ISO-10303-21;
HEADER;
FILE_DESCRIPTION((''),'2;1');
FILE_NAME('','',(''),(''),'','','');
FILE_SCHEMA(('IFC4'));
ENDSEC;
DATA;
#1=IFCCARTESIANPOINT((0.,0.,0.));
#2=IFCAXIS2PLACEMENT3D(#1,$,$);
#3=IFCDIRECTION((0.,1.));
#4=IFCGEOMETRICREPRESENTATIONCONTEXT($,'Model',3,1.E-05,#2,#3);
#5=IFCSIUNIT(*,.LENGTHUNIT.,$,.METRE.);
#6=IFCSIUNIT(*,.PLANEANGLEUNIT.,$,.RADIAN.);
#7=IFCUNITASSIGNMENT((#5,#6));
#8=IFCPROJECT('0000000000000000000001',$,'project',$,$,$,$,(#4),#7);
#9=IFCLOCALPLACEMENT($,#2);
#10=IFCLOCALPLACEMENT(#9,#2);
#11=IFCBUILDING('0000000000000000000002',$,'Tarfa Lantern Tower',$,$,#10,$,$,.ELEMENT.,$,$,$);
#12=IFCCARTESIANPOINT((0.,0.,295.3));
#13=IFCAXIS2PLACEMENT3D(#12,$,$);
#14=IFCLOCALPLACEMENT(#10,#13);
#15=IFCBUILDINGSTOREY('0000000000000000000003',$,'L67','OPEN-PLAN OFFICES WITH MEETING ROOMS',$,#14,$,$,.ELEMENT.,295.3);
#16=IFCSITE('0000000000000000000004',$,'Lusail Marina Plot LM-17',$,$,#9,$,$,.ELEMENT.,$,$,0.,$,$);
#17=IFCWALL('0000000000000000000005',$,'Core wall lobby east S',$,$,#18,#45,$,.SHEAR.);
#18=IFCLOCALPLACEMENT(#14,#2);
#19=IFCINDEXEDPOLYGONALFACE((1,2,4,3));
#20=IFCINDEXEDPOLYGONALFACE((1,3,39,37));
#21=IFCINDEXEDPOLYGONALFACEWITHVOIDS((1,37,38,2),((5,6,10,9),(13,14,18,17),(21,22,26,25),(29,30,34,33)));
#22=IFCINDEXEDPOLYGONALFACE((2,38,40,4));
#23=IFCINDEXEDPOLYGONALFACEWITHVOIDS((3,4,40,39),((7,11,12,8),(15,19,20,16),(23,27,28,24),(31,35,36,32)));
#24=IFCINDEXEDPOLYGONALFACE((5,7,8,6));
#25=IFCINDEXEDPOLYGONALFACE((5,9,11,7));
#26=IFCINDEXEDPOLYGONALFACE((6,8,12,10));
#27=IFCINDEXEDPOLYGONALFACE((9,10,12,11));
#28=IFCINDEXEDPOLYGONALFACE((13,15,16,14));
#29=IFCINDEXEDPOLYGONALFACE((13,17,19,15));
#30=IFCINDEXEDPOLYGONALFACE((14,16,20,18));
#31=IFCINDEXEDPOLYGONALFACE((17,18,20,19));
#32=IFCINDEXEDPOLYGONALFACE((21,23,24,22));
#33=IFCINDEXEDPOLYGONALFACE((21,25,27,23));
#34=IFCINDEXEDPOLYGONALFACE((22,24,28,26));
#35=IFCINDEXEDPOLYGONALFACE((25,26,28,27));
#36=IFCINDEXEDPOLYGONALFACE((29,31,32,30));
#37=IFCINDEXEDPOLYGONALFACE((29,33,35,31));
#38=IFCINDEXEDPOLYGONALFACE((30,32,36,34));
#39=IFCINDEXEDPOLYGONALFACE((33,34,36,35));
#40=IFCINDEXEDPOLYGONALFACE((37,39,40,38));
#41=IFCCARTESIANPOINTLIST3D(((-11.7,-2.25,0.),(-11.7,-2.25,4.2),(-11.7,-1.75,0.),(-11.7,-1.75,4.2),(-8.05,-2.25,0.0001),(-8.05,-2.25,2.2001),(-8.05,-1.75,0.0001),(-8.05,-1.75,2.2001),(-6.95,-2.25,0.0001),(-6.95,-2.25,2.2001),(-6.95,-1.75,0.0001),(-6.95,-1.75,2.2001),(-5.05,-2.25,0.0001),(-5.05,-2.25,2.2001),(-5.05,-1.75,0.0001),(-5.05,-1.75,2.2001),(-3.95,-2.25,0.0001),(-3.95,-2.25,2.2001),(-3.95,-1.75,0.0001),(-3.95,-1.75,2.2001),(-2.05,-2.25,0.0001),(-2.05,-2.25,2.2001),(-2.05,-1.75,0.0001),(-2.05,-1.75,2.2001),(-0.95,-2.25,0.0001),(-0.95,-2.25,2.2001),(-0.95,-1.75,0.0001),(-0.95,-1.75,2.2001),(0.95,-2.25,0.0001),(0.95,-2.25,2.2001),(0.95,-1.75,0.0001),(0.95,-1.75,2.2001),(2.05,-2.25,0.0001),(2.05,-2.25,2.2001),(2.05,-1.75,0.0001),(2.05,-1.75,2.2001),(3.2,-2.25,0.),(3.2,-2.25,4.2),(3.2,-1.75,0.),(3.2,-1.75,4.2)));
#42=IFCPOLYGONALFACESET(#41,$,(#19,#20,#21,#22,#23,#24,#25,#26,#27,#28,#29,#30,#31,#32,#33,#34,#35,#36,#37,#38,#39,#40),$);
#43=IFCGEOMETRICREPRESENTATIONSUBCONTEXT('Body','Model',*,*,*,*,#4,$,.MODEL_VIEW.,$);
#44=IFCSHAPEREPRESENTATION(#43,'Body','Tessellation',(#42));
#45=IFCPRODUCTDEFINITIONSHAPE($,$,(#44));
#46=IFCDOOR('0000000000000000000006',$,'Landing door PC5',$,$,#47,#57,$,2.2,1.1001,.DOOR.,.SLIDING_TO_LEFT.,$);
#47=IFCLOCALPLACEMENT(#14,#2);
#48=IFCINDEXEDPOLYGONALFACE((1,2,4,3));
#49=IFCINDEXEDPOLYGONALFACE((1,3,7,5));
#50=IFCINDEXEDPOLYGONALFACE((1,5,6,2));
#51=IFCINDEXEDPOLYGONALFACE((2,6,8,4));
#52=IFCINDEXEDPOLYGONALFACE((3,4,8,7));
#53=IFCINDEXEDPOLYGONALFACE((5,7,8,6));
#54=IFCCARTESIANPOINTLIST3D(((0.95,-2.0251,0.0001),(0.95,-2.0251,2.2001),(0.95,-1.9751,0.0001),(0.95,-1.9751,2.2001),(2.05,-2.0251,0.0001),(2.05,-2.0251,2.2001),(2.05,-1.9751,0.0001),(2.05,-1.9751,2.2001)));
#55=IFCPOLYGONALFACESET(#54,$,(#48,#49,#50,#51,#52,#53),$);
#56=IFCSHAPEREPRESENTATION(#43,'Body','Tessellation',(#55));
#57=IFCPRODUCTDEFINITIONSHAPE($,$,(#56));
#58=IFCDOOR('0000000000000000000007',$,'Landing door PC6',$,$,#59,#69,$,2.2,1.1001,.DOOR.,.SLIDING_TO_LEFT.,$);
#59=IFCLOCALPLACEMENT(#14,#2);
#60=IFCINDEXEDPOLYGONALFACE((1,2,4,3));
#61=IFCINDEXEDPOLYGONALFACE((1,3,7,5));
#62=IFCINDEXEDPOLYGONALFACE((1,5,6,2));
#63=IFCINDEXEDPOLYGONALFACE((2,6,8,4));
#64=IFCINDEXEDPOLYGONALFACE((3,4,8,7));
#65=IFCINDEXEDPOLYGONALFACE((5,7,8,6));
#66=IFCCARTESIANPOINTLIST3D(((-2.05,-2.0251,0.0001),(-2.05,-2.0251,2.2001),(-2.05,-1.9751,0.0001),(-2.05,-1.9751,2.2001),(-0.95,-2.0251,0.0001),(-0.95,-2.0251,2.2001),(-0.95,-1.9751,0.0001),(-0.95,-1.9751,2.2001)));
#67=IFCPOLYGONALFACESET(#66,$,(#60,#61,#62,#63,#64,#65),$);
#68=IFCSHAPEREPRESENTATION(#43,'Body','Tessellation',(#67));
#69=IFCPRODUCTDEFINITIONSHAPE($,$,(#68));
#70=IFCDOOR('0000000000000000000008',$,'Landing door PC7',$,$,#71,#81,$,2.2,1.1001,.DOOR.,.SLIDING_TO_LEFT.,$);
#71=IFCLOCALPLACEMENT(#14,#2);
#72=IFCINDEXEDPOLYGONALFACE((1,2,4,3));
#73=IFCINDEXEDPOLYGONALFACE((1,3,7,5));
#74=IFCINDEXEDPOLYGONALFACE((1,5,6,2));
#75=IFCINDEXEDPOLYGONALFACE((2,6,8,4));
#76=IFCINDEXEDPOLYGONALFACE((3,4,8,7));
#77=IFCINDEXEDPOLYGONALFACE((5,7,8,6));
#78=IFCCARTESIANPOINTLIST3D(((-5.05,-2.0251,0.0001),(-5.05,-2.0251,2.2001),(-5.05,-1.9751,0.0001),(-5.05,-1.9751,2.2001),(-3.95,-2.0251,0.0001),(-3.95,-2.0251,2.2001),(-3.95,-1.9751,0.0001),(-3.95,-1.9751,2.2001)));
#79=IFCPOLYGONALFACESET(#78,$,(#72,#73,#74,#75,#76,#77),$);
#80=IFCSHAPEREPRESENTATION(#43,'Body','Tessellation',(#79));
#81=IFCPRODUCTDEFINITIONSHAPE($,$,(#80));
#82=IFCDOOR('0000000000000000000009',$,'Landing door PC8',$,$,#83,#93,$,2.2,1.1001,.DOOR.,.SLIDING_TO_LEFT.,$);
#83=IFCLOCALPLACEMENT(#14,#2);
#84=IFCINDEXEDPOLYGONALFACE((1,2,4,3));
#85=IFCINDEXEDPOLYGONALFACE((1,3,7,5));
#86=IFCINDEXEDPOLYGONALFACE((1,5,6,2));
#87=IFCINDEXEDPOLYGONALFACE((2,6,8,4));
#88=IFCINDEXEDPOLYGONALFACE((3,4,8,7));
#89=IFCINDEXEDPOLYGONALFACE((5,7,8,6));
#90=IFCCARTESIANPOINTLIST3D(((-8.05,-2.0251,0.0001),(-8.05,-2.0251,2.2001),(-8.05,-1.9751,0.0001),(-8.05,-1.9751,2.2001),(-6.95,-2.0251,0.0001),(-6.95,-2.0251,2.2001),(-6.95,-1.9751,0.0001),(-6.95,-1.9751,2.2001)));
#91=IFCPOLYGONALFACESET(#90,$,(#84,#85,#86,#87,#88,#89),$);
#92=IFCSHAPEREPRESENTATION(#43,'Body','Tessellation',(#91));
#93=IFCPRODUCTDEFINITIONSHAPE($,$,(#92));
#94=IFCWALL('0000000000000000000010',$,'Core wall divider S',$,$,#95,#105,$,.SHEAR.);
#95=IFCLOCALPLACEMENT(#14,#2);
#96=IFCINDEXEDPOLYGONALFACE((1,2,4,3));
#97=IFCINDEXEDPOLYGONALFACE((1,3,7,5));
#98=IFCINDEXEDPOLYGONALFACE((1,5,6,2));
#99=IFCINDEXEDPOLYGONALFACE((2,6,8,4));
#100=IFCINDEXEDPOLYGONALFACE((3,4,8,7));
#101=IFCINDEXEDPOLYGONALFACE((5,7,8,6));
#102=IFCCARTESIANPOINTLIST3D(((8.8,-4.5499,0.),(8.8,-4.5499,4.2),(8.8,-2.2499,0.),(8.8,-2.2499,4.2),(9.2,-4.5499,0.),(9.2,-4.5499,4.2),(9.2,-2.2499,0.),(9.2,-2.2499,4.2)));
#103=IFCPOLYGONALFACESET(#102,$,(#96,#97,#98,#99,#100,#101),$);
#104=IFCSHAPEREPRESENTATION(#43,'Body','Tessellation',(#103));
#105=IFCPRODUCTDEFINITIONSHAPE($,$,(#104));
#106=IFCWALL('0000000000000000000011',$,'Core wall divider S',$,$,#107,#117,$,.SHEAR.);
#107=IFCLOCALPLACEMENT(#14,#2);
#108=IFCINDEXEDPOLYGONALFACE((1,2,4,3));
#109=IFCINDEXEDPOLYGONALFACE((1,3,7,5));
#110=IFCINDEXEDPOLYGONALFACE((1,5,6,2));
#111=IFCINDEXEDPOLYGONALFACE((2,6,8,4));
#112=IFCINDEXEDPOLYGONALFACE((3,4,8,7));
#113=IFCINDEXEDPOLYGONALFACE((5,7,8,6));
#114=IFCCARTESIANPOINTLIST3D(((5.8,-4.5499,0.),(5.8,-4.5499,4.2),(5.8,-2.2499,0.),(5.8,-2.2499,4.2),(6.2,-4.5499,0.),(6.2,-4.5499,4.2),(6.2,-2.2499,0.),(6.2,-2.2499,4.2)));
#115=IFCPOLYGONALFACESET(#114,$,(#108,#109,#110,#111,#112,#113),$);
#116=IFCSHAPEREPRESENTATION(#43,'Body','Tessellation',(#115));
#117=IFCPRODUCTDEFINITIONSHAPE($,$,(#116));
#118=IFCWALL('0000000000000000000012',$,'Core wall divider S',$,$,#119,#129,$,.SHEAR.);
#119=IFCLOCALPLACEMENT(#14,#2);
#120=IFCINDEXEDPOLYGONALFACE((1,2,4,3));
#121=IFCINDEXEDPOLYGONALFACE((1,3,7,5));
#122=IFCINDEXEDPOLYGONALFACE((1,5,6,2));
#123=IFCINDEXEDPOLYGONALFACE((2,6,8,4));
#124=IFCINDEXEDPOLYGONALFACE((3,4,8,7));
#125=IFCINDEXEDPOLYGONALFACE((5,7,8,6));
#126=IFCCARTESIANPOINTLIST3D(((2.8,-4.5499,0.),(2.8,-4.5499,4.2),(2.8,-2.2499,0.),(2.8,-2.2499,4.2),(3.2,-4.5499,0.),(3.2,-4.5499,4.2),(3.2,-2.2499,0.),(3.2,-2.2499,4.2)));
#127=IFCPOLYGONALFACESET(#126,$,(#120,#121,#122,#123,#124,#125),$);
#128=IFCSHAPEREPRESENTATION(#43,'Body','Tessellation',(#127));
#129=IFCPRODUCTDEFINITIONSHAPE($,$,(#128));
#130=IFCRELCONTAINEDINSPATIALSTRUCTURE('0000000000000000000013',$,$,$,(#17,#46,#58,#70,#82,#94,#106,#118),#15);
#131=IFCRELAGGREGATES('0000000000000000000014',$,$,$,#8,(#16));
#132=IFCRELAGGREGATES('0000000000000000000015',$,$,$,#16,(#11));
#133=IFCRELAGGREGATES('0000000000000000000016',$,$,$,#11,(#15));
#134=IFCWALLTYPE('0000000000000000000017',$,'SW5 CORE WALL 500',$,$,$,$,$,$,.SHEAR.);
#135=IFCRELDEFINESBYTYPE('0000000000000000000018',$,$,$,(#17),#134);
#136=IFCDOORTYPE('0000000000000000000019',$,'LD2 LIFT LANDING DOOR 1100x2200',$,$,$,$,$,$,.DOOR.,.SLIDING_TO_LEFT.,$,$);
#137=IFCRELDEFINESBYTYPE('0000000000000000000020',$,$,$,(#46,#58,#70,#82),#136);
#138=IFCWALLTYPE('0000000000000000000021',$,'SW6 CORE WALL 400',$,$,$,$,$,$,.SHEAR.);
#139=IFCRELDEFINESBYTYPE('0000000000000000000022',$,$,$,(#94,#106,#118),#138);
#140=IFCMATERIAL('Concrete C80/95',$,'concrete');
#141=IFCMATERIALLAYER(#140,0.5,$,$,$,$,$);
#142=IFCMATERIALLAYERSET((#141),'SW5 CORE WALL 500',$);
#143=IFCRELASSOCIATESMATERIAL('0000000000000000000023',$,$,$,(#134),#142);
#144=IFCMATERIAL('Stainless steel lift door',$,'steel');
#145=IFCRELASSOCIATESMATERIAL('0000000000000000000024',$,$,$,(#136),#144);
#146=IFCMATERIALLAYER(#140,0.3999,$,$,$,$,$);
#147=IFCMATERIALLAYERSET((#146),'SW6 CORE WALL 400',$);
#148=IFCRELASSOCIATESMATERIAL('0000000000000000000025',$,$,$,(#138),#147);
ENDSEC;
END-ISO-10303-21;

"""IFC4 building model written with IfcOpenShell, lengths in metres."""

from ifc_helpers import new_model, si_unit, direction, frame, frame_2d, origin, place, context, subcontext, project, spatial, rectangle, extrude, material, layer, layer_set, type_object, element, fill, save


model = new_model("IFC4")

# Units and contexts
model_context = context("Model", 3, precision=1e-05, world=origin(), true_north=direction((0.0, 1.0)))
body_context = subcontext(model_context, "Body", "Model", "MODEL_VIEW")
ifc_project = project(units=[si_unit("LENGTHUNIT", "METRE"), si_unit("PLANEANGLEUNIT", "RADIAN")], contexts=[model_context])

# Site, building, storey
site_placement = place(None, origin())
site = spatial("IfcSite", under=ifc_project, at=site_placement, Name="Lusail Marina Plot LM-17", CompositionType="ELEMENT", RefElevation=0.0)
building_placement = place(site_placement, origin())
building = spatial("IfcBuilding", under=site, at=building_placement, Name="Tarfa Lantern Tower", CompositionType="ELEMENT")
storey_placement = place(building_placement, frame((0.0, 0.0, 295.3)))
storey = spatial("IfcBuildingStorey", under=building, at=storey_placement, Name="L67", Description="OPEN-PLAN OFFICES WITH MEETING ROOMS", CompositionType="ELEMENT", Elevation=295.3)

# Shared definitions
ifc_material_1 = material(Name="Concrete C80/95", Category="concrete")

# Wall, openings, doors
ifc_layer_1 = layer(ifc_material_1, 0.5)
ifc_layer_set_1 = layer_set([ifc_layer_1], Name="SW5 CORE WALL 500")
wall_type_1 = type_object("IfcWallType", Name="SW5 CORE WALL 500", PredefinedType="SHEAR", material=ifc_layer_set_1)
wall_1_placement = place(storey_placement, frame((3.2, -2.0, 0.0), z_axis=(0.0, 0.0, 1.0), x_axis=(-1.0, 0.0, 0.0)))
wall_1 = element("IfcWall", 1, at=wall_1_placement, inside=storey, type_object=wall_type_1, Name="Core wall lobby east S", PredefinedType="SHEAR", context=body_context, shape_type="SweptSolid", body=[
    extrude(rectangle(XDim=14.8999, YDim=0.5, at=frame_2d((7.45, 0.0))), origin(), (0.0, 0.0, 1.0), 4.2),
])
opening_1_placement = place(wall_1_placement, frame((1.1499, 0.0, 0.0)))
opening_1 = element("IfcOpeningElement", 2, at=opening_1_placement, cuts=wall_1, PredefinedType="OPENING", context=body_context, shape_type="SweptSolid", body=[
    extrude(rectangle(XDim=1.1001, YDim=2.2, at=frame_2d((0.55, 1.1001))), frame((0.0, 0.26, 0.0), z_axis=(0.0, -1.0, 0.0), x_axis=(1.0, 0.0, 0.0)), (0.0, 0.0, 1.0), 0.52),
])
opening_2_placement = place(wall_1_placement, frame((4.1499, 0.0, 0.0)))
opening_2 = element("IfcOpeningElement", 3, at=opening_2_placement, cuts=wall_1, PredefinedType="OPENING", context=body_context, shape_type="SweptSolid", body=[
    extrude(rectangle(XDim=1.1001, YDim=2.2, at=frame_2d((0.55, 1.1001))), frame((0.0, 0.26, 0.0), z_axis=(0.0, -1.0, 0.0), x_axis=(1.0, 0.0, 0.0)), (0.0, 0.0, 1.0), 0.52),
])
opening_3_placement = place(wall_1_placement, frame((7.1499, 0.0, 0.0)))
opening_3 = element("IfcOpeningElement", 4, at=opening_3_placement, cuts=wall_1, PredefinedType="OPENING", context=body_context, shape_type="SweptSolid", body=[
    extrude(rectangle(XDim=1.1001, YDim=2.2, at=frame_2d((0.55, 1.1001))), frame((0.0, 0.26, 0.0), z_axis=(0.0, -1.0, 0.0), x_axis=(1.0, 0.0, 0.0)), (0.0, 0.0, 1.0), 0.52),
])
opening_4_placement = place(wall_1_placement, frame((10.1499, 0.0, 0.0)))
opening_4 = element("IfcOpeningElement", 5, at=opening_4_placement, cuts=wall_1, PredefinedType="OPENING", context=body_context, shape_type="SweptSolid", body=[
    extrude(rectangle(XDim=1.1001, YDim=2.2, at=frame_2d((0.55, 1.1001))), frame((0.0, 0.26, 0.0), z_axis=(0.0, -1.0, 0.0), x_axis=(1.0, 0.0, 0.0)), (0.0, 0.0, 1.0), 0.52),
])
ifc_material_2 = material(Name="Stainless steel lift door", Category="steel")
door_type_1 = type_object("IfcDoorType", Name="LD2 LIFT LANDING DOOR 1100x2200", OperationType="SLIDING_TO_LEFT", PredefinedType="DOOR", material=ifc_material_2)
door_1_placement = place(opening_1_placement, frame((1.1001, 0.0, 0.0), z_axis=(0.0, 0.0, 1.0), x_axis=(-1.0, 0.0, 0.0)))
door_1 = element("IfcDoor", 6, at=door_1_placement, inside=storey, type_object=door_type_1, Name="Landing door PC5", OperationType="SLIDING_TO_LEFT", OverallHeight=2.2, OverallWidth=1.1001, PredefinedType="DOOR", context=body_context, shape_type="SweptSolid", body=[
    extrude(rectangle(XDim=1.1001, YDim=2.2, at=frame_2d((0.55, 1.1001))), frame((0.0, 0.0249, 0.0), z_axis=(0.0, -1.0, 0.0), x_axis=(1.0, 0.0, 0.0)), (0.0, 0.0, 1.0), 0.05),
])
fill(opening_1, door_1)
door_2_placement = place(opening_2_placement, frame((1.1001, 0.0, 0.0), z_axis=(0.0, 0.0, 1.0), x_axis=(-1.0, 0.0, 0.0)))
door_2 = element("IfcDoor", 7, at=door_2_placement, inside=storey, type_object=door_type_1, Name="Landing door PC6", OperationType="SLIDING_TO_LEFT", OverallHeight=2.2, OverallWidth=1.1001, PredefinedType="DOOR", context=body_context, shape_type="SweptSolid", body=[
    extrude(rectangle(XDim=1.1001, YDim=2.2, at=frame_2d((0.55, 1.1001))), frame((0.0, 0.0249, 0.0), z_axis=(0.0, -1.0, 0.0), x_axis=(1.0, 0.0, 0.0)), (0.0, 0.0, 1.0), 0.05),
])
fill(opening_2, door_2)
door_3_placement = place(opening_3_placement, frame((1.1001, 0.0, 0.0), z_axis=(0.0, 0.0, 1.0), x_axis=(-1.0, 0.0, 0.0)))
door_3 = element("IfcDoor", 8, at=door_3_placement, inside=storey, type_object=door_type_1, Name="Landing door PC7", OperationType="SLIDING_TO_LEFT", OverallHeight=2.2, OverallWidth=1.1001, PredefinedType="DOOR", context=body_context, shape_type="SweptSolid", body=[
    extrude(rectangle(XDim=1.1001, YDim=2.2, at=frame_2d((0.55, 1.1001))), frame((0.0, 0.0249, 0.0), z_axis=(0.0, -1.0, 0.0), x_axis=(1.0, 0.0, 0.0)), (0.0, 0.0, 1.0), 0.05),
])
fill(opening_3, door_3)
door_4_placement = place(opening_4_placement, frame((1.1001, 0.0, 0.0), z_axis=(0.0, 0.0, 1.0), x_axis=(-1.0, 0.0, 0.0)))
door_4 = element("IfcDoor", 9, at=door_4_placement, inside=storey, type_object=door_type_1, Name="Landing door PC8", OperationType="SLIDING_TO_LEFT", OverallHeight=2.2, OverallWidth=1.1001, PredefinedType="DOOR", context=body_context, shape_type="SweptSolid", body=[
    extrude(rectangle(XDim=1.1001, YDim=2.2, at=frame_2d((0.55, 1.1001))), frame((0.0, 0.0249, 0.0), z_axis=(0.0, -1.0, 0.0), x_axis=(1.0, 0.0, 0.0)), (0.0, 0.0, 1.0), 0.05),
])
fill(opening_4, door_4)

# Walls
ifc_layer_2 = layer(ifc_material_1, 0.3999)
ifc_layer_set_2 = layer_set([ifc_layer_2], Name="SW6 CORE WALL 400")
wall_type_2 = type_object("IfcWallType", Name="SW6 CORE WALL 400", PredefinedType="SHEAR", material=ifc_layer_set_2)
for number, where, z_axis, x_axis, name in (
    (10, (9.0, -2.25, 0.0), (0.0, 0.0, 1.0), (0.0, -1.0, 0.0), "Core wall divider S"),
    (11, (6.0, -2.25, 0.0), (0.0, 0.0, 1.0), (0.0, -1.0, 0.0), "Core wall divider S"),
    (12, (3.0, -2.25, 0.0), (0.0, 0.0, 1.0), (0.0, -1.0, 0.0), "Core wall divider S"),
):
    element("IfcWall", number, at=place(storey_placement, frame(where, z_axis=z_axis, x_axis=x_axis)), inside=storey, type_object=wall_type_2, Name=name, PredefinedType="SHEAR", context=body_context, shape_type="SweptSolid", body=[
        extrude(rectangle(XDim=2.3, YDim=0.3999, at=frame_2d((1.1499, 0.0))), origin(), (0.0, 0.0, 1.0), 4.2),
    ])

save(model, "model.ifc")
